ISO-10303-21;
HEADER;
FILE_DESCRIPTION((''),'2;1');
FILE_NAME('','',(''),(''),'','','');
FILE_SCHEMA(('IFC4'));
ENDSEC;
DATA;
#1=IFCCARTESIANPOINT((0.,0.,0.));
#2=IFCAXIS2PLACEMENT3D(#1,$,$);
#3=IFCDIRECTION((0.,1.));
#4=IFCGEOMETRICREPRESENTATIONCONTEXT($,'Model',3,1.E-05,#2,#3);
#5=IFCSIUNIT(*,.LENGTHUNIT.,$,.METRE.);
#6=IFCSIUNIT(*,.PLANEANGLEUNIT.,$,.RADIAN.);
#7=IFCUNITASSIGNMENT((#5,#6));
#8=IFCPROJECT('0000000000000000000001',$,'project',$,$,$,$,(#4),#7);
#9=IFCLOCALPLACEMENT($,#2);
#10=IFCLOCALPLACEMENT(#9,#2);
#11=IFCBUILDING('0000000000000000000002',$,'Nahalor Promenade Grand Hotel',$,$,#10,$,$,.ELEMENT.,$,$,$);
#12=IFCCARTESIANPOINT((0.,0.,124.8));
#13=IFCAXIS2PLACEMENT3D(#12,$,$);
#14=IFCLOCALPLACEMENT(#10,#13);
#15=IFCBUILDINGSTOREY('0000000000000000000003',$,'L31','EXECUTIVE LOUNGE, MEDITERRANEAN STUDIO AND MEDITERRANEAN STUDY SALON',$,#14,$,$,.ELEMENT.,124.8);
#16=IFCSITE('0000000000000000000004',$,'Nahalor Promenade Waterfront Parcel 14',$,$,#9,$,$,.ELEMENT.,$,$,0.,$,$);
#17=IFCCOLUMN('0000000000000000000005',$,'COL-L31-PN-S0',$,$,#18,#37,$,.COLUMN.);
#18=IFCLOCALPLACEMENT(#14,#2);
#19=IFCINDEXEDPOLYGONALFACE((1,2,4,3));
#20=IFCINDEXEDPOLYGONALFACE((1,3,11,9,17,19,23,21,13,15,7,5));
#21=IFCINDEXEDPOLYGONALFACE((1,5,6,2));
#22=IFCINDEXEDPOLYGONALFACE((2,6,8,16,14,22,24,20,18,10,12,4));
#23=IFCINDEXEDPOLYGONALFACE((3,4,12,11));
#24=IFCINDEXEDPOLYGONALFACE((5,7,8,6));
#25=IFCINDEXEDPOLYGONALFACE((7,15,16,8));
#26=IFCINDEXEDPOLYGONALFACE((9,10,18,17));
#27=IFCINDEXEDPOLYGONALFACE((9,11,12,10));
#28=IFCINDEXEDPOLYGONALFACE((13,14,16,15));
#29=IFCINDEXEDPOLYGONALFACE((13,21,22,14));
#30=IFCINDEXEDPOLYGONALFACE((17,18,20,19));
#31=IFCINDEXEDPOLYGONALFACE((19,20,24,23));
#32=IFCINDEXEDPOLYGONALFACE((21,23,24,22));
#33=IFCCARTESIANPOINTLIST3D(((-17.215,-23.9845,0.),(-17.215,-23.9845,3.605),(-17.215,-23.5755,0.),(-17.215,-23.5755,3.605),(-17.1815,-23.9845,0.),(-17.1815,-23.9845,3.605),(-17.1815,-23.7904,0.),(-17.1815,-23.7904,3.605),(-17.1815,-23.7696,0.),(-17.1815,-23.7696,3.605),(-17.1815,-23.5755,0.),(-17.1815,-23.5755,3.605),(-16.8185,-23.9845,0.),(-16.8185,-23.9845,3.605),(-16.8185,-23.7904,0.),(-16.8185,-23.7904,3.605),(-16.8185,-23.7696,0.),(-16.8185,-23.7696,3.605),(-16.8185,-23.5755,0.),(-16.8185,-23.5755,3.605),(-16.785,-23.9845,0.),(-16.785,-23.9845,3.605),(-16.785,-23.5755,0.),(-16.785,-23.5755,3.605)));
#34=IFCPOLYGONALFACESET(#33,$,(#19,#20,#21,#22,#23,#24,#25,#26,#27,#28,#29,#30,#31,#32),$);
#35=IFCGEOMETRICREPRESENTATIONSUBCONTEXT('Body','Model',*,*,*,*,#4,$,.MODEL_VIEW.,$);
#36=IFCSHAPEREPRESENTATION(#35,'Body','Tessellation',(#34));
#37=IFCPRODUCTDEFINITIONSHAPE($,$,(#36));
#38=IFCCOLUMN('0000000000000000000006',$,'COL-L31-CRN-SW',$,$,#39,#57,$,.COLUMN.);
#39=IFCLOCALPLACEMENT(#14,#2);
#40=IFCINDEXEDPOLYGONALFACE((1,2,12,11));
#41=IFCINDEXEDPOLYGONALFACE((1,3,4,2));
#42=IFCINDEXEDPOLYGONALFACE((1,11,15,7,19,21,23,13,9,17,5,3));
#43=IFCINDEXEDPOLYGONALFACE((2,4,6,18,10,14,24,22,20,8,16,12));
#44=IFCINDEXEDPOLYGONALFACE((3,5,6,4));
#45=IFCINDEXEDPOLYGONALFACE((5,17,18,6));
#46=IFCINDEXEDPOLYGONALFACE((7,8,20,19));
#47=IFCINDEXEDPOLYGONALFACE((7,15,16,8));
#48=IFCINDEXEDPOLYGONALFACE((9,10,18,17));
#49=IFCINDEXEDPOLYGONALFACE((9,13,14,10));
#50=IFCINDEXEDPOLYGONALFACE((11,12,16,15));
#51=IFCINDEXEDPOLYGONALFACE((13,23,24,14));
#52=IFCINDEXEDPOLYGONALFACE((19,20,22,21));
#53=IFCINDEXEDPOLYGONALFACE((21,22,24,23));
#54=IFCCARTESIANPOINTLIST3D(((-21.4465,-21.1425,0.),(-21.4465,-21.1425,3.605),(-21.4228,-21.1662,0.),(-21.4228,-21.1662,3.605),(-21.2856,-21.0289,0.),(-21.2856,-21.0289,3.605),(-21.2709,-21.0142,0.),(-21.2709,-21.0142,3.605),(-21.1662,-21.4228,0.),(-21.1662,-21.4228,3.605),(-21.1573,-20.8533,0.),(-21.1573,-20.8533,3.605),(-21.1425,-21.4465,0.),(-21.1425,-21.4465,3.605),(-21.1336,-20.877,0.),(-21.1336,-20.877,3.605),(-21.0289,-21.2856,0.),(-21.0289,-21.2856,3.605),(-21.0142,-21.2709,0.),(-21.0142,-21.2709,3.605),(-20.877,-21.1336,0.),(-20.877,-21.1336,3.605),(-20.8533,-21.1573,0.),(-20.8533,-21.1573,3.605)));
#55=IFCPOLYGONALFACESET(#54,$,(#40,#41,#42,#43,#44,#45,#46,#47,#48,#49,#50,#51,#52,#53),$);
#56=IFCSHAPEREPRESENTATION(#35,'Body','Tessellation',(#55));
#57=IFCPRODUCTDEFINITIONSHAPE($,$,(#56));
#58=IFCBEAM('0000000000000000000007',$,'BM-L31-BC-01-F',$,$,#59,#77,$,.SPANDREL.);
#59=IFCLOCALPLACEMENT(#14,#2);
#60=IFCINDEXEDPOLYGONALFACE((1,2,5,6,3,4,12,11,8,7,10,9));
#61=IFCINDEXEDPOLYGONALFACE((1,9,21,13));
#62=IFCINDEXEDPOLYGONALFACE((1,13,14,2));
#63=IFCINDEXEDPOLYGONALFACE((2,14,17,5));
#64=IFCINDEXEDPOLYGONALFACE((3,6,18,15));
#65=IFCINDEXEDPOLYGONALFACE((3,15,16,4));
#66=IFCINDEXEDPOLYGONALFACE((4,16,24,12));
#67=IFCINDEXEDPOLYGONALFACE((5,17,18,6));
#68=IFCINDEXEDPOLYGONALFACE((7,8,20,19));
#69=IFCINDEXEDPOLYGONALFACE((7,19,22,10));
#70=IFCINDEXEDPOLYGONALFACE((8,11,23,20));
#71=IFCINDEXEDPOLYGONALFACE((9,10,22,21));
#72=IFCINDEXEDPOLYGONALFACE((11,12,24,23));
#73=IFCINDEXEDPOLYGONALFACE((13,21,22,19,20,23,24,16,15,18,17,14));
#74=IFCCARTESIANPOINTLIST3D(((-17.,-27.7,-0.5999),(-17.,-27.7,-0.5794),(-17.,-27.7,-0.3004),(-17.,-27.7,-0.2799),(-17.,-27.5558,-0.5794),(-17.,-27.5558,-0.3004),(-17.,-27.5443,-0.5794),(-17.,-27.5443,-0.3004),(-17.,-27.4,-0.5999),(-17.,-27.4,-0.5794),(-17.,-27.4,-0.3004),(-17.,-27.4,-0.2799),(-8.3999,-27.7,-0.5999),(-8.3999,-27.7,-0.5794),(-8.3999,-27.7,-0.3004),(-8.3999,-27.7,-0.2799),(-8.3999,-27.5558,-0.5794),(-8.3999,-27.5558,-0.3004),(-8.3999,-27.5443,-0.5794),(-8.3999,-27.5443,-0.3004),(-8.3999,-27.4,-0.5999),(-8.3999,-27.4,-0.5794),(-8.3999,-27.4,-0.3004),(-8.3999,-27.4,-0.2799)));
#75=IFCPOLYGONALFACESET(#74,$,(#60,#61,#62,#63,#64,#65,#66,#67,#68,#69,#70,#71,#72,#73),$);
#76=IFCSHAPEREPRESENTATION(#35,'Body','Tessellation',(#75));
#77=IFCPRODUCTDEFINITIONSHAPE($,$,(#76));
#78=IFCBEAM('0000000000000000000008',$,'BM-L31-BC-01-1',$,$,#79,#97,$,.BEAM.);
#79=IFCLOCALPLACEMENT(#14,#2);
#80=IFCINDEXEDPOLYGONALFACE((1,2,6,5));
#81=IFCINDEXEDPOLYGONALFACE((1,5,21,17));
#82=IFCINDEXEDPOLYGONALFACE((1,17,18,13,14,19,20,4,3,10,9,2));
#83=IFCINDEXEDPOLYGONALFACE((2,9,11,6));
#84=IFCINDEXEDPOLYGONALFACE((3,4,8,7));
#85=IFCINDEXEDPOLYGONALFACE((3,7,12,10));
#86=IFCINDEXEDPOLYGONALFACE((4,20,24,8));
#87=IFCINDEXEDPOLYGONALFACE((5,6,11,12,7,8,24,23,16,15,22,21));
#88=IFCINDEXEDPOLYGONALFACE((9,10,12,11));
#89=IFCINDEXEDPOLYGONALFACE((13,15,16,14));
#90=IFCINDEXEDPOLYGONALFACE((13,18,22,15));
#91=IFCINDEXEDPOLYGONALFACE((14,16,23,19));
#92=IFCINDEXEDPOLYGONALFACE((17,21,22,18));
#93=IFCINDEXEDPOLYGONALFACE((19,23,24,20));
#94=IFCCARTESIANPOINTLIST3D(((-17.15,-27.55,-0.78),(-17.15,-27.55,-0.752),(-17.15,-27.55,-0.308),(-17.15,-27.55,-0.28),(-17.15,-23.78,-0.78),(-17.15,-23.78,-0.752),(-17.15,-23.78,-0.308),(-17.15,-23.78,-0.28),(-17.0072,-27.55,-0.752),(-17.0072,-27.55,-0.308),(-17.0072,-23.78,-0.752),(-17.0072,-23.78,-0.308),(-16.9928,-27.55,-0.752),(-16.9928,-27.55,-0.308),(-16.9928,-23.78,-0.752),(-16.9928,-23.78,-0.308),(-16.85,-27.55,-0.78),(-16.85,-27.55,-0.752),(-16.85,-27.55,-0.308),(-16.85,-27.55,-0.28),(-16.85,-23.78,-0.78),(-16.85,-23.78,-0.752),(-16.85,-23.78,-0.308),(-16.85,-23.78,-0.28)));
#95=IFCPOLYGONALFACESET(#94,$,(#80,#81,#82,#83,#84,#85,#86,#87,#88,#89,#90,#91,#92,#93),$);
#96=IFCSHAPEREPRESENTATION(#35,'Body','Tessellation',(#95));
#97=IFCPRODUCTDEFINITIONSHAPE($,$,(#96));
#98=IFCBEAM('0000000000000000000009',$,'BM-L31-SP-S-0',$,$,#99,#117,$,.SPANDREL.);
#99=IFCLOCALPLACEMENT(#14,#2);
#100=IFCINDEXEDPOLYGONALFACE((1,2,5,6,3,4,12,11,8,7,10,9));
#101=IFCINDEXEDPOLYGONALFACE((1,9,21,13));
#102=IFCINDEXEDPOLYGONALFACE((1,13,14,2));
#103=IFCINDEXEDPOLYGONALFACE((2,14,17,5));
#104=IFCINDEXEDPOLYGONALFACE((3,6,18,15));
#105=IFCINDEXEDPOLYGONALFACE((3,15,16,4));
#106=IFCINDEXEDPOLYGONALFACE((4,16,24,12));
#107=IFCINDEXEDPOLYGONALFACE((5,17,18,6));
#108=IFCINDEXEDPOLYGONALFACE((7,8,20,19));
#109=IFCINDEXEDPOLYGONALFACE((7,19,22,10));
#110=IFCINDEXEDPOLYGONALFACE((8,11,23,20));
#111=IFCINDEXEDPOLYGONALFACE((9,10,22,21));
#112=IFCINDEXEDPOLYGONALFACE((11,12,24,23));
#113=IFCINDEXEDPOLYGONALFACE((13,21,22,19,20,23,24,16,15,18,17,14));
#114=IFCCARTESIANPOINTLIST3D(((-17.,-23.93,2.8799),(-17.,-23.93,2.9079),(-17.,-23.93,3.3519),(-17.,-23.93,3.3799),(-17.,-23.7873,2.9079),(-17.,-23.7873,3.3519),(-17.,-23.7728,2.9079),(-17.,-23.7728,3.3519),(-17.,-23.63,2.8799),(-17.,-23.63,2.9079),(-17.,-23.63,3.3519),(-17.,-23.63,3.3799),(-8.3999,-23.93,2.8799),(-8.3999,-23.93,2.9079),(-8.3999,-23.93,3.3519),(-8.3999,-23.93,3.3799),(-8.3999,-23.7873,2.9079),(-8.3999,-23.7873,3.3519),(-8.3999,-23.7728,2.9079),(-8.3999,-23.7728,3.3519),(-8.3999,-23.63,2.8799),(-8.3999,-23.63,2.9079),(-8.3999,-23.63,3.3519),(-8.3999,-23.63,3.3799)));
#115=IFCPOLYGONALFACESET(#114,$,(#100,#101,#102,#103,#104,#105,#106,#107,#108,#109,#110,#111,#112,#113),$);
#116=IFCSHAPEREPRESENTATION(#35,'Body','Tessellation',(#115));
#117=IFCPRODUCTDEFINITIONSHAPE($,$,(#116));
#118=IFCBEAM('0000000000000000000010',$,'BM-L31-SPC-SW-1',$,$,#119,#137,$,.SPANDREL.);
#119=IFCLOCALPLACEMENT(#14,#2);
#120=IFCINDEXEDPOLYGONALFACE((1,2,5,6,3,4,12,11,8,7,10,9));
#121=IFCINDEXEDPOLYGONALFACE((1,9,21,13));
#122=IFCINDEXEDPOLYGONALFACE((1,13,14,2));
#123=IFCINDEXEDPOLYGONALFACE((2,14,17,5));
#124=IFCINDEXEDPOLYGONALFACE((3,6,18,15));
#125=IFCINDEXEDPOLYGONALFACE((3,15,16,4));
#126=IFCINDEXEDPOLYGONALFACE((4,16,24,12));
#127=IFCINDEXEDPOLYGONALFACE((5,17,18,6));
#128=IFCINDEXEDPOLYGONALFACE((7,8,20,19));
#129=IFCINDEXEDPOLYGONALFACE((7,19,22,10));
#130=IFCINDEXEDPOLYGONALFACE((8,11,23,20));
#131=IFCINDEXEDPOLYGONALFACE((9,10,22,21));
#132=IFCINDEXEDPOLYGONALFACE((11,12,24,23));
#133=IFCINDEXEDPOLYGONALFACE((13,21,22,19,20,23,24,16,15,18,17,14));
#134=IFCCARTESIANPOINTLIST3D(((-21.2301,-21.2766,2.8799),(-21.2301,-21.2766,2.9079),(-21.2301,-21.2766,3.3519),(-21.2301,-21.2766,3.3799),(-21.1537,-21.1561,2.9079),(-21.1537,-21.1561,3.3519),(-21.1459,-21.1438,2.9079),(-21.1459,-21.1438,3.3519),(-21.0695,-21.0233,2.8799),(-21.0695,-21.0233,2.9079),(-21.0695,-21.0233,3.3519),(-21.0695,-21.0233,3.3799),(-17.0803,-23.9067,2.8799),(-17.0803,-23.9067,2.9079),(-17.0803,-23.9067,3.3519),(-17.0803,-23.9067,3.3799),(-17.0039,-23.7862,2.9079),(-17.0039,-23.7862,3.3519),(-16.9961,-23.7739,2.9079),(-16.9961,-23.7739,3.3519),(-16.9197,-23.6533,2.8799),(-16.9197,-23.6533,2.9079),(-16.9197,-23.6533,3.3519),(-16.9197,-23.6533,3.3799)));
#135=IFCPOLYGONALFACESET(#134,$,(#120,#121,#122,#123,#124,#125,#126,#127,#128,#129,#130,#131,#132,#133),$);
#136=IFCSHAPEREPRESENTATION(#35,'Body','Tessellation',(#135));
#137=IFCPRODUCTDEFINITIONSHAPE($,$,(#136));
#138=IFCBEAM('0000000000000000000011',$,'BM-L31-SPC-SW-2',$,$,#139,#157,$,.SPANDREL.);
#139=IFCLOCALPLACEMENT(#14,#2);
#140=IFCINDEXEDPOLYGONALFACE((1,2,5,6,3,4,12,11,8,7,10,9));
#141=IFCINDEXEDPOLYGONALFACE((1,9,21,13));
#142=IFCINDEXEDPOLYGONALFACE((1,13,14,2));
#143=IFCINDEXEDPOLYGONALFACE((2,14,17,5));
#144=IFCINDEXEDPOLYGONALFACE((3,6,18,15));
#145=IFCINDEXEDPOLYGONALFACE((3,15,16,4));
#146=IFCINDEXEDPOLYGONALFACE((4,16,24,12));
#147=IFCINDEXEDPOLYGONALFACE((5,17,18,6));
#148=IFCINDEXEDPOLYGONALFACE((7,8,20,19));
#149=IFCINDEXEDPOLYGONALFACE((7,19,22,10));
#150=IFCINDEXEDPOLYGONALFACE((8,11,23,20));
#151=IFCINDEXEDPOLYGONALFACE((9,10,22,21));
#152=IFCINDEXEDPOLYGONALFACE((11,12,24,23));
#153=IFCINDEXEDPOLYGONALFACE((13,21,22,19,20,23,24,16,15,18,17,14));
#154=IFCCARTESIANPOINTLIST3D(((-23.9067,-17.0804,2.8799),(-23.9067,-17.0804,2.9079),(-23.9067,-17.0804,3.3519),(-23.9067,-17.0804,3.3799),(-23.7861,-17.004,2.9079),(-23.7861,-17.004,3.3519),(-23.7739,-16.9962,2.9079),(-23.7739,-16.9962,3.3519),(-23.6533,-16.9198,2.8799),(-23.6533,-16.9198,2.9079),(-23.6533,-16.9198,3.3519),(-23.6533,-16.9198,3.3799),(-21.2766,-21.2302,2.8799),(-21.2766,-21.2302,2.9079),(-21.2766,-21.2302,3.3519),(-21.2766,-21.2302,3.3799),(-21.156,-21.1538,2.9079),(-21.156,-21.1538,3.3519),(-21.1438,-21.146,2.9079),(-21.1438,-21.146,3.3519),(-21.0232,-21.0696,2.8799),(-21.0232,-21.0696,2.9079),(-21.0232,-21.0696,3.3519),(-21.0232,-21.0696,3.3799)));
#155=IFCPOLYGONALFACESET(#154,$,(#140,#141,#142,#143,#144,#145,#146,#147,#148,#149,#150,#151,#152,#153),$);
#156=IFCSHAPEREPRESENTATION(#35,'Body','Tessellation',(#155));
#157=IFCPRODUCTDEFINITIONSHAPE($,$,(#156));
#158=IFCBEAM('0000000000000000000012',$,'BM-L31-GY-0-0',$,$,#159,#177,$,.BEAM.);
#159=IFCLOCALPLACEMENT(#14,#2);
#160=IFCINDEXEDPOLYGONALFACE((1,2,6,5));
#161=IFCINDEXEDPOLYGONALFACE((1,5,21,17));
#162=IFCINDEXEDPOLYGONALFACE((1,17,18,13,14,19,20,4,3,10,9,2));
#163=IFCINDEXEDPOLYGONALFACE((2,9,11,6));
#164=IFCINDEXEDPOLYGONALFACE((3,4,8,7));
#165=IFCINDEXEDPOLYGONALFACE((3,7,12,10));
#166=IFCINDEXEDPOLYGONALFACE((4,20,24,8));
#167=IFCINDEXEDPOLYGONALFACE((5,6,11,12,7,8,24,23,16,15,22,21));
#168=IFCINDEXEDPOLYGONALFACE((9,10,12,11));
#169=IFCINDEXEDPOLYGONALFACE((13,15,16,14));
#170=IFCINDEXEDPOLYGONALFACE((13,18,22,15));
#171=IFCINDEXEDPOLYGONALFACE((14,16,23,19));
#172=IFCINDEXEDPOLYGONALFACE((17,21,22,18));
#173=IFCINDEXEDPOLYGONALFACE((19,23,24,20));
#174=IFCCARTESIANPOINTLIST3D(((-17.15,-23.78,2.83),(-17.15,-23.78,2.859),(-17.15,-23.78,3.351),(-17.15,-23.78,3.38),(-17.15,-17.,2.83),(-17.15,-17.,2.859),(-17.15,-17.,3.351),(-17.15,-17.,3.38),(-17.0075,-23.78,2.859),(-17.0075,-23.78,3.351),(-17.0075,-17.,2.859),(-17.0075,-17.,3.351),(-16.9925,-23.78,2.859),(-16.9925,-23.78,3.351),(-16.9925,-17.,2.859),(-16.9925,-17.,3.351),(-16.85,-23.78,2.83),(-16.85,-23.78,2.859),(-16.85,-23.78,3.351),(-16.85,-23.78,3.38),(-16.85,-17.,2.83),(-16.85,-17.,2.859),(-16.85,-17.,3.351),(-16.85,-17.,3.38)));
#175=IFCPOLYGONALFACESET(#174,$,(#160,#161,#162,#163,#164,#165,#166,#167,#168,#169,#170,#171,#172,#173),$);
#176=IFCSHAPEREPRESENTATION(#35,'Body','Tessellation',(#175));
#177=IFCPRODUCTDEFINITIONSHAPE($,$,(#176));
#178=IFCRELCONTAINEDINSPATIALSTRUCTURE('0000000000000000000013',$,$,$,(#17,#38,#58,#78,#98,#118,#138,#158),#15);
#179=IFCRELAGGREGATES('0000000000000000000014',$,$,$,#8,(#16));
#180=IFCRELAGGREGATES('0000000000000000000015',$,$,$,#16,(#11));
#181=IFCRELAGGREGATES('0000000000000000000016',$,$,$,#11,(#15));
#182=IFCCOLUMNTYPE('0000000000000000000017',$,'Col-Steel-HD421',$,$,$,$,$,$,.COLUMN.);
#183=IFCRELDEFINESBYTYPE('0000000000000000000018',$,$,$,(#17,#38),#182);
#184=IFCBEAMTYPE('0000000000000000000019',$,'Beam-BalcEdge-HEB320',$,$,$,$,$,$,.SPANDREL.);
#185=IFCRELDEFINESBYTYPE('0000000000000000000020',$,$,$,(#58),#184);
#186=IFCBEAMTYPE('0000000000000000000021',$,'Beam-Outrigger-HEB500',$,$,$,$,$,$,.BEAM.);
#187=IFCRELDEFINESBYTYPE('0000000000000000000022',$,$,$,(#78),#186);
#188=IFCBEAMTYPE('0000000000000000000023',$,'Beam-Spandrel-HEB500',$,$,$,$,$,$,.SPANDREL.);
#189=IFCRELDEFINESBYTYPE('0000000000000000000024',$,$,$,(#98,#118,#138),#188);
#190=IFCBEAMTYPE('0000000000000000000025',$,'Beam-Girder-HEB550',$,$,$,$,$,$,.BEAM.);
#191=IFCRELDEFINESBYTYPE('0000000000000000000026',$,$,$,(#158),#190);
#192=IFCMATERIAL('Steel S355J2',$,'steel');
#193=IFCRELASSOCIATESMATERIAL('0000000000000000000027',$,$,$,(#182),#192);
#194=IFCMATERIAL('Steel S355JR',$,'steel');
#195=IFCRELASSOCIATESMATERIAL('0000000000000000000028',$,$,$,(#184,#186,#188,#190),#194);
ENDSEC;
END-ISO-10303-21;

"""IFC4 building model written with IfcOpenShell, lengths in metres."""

from ifc_helpers import new_model, si_unit, direction, frame, origin, origin_2d, place, context, subcontext, project, spatial, i_section, extrude, source, transform, mapped, material, material_profile, profile_set, type_object, element, save


model = new_model("IFC4")

# Units and contexts
model_context = context("Model", 3, precision=1e-05, world=origin(), true_north=direction((0.0, 1.0)))
body_context = subcontext(model_context, "Body", "Model", "MODEL_VIEW")
ifc_project = project(units=[si_unit("LENGTHUNIT", "METRE"), si_unit("PLANEANGLEUNIT", "RADIAN")], contexts=[model_context])

# Site, building, storey
site_placement = place(None, origin())
site = spatial("IfcSite", under=ifc_project, at=site_placement, Name="Nahalor Promenade Waterfront Parcel 14", CompositionType="ELEMENT", RefElevation=0.0)
building_placement = place(site_placement, origin())
building = spatial("IfcBuilding", under=site, at=building_placement, Name="Nahalor Promenade Grand Hotel", CompositionType="ELEMENT")
storey_placement = place(building_placement, frame((0.0, 0.0, 124.8)))
storey = spatial("IfcBuildingStorey", under=building, at=storey_placement, Name="L31", Description="EXECUTIVE LOUNGE, MEDITERRANEAN STUDIO AND MEDITERRANEAN STUDY SALON", CompositionType="ELEMENT", Elevation=124.8)

# Columns
ifc_material_1 = material(Name="Steel S355J2", Category="steel")
ifc_material_profile_1 = material_profile(ifc_material_1, i_section(OverallWidth=0.409, OverallDepth=0.43, WebThickness=0.0208, FlangeThickness=0.0335, at=origin_2d()), Name="HD 400x421")
ifc_profile_set_1 = profile_set([ifc_material_profile_1], Name="Steel S355J2")
column_type = type_object("IfcColumnType", Name="Col-Steel-HD421", PredefinedType="COLUMN", material=ifc_profile_set_1)
shared_shape_1 = source(origin(), body_context, "Body", "SweptSolid", [
    extrude(i_section(OverallWidth=0.409, OverallDepth=0.43, WebThickness=0.0208, FlangeThickness=0.0335, at=origin_2d()), origin(), (0.0, 0.0, 1.0), 3.605),
])
for number, where, z_axis, x_axis, name in (
    (1, (-17.0, -23.78, 0.0), (0.0, 0.0, 1.0), (0.0, 1.0, 0.0), "COL-L31-PN-S0"),
    (2, (-21.1499, -21.1499, 0.0), (0.0, 0.0, 1.0), (0.707107, 0.707107, 0.0), "COL-L31-CRN-SW"),
):
    element("IfcColumn", number, at=place(storey_placement, frame(where, z_axis=z_axis, x_axis=x_axis)), inside=storey, type_object=column_type, Name=name, PredefinedType="COLUMN", context=body_context, shape_type="MappedRepresentation", body=[
        mapped(shared_shape_1, transform((0.0, 0.0, 0.0), scale=1.0)),
    ])

# Beams
ifc_material_2 = material(Name="Steel S355JR", Category="steel")
ifc_material_profile_2 = material_profile(ifc_material_2, i_section(OverallWidth=0.3, OverallDepth=0.32, WebThickness=0.0115, FlangeThickness=0.0205, at=origin_2d()), Name="HEB 320")
ifc_profile_set_2 = profile_set([ifc_material_profile_2], Name="Steel S355JR")
beam_type_1 = type_object("IfcBeamType", Name="Beam-BalcEdge-HEB320", PredefinedType="SPANDREL", material=ifc_profile_set_2)
shared_shape_2 = source(origin(), body_context, "Body", "SweptSolid", [
    extrude(i_section(OverallWidth=0.3, OverallDepth=0.32, WebThickness=0.0115, FlangeThickness=0.0205, at=origin_2d()), origin(), (0.0, 0.0, 1.0), 8.6001),
])
beam_1_placement = place(storey_placement, frame((-17.0, -27.55, -0.4399), z_axis=(1.0, 0.0, 0.0), x_axis=(0.0, 1.0, 0.0)))
element("IfcBeam", 3, at=beam_1_placement, inside=storey, type_object=beam_type_1, Name="BM-L31-BC-01-F", PredefinedType="SPANDREL", context=body_context, shape_type="MappedRepresentation", body=[
    mapped(shared_shape_2, transform((0.0, 0.0, 0.0), scale=1.0)),
])
ifc_material_profile_3 = material_profile(ifc_material_2, i_section(OverallWidth=0.3, OverallDepth=0.5, WebThickness=0.0145, FlangeThickness=0.028, at=origin_2d()), Name="HEB 500")
ifc_profile_set_3 = profile_set([ifc_material_profile_3], Name="Steel S355JR")
beam_type_2 = type_object("IfcBeamType", Name="Beam-Outrigger-HEB500", PredefinedType="BEAM", material=ifc_profile_set_3)
shared_shape_3 = source(origin(), body_context, "Body", "SweptSolid", [
    extrude(i_section(OverallWidth=0.3, OverallDepth=0.5, WebThickness=0.0145, FlangeThickness=0.028, at=origin_2d()), origin(), (0.0, 0.0, 1.0), 3.77),
])
beam_2_placement = place(storey_placement, frame((-17.0, -27.55, -0.53), z_axis=(0.0, 1.0, 0.0), x_axis=(-1.0, 0.0, 0.0)))
element("IfcBeam", 4, at=beam_2_placement, inside=storey, type_object=beam_type_2, Name="BM-L31-BC-01-1", PredefinedType="BEAM", context=body_context, shape_type="MappedRepresentation", body=[
    mapped(shared_shape_3, transform((0.0, 0.0, 0.0), scale=1.0)),
])
ifc_material_profile_4 = material_profile(ifc_material_2, i_section(OverallWidth=0.3, OverallDepth=0.5, WebThickness=0.0145, FlangeThickness=0.028, at=origin_2d()), Name="HEB 500")
ifc_profile_set_4 = profile_set([ifc_material_profile_4], Name="Steel S355JR")
beam_type_3 = type_object("IfcBeamType", Name="Beam-Spandrel-HEB500", PredefinedType="SPANDREL", material=ifc_profile_set_4)
shared_shape_4 = source(origin(), body_context, "Body", "SweptSolid", [
    extrude(i_section(OverallWidth=0.3, OverallDepth=0.5, WebThickness=0.0145, FlangeThickness=0.028, at=origin_2d()), origin(), (0.0, 0.0, 1.0), 8.6001),
])
beam_3_placement = place(storey_placement, frame((-17.0, -23.78, 3.1299), z_axis=(1.0, 0.0, 0.0), x_axis=(0.0, 1.0, 0.0)))
element("IfcBeam", 5, at=beam_3_placement, inside=storey, type_object=beam_type_3, Name="BM-L31-SP-S-0", PredefinedType="SPANDREL", context=body_context, shape_type="MappedRepresentation", body=[
    mapped(shared_shape_4, transform((0.0, 0.0, 0.0), scale=1.0)),
])
shared_shape_5 = source(origin(), body_context, "Body", "SweptSolid", [
    extrude(i_section(OverallWidth=0.3, OverallDepth=0.5, WebThickness=0.0145, FlangeThickness=0.028, at=origin_2d()), origin(), (0.0, 0.0, 1.0), 4.9131),
])
for number, where, z_axis, x_axis, name in (
    (6, (-17.0, -23.78, 3.1299), (-0.844648, 0.535322, 0.0), (-0.535322, -0.844648, 0.0), "BM-L31-SPC-SW-1"),
    (7, (-21.1499, -21.1499, 3.1299), (-0.535322, 0.844648, 0.0), (-0.844648, -0.535322, 0.0), "BM-L31-SPC-SW-2"),
):
    element("IfcBeam", number, at=place(storey_placement, frame(where, z_axis=z_axis, x_axis=x_axis)), inside=storey, type_object=beam_type_3, Name=name, PredefinedType="SPANDREL", context=body_context, shape_type="MappedRepresentation", body=[
        mapped(shared_shape_5, transform((0.0, 0.0, 0.0), scale=1.0)),
    ])
ifc_material_profile_5 = material_profile(ifc_material_2, i_section(OverallWidth=0.3, OverallDepth=0.55, WebThickness=0.015, FlangeThickness=0.029, at=origin_2d()), Name="HEB 550")
ifc_profile_set_5 = profile_set([ifc_material_profile_5], Name="Steel S355JR")
beam_type_4 = type_object("IfcBeamType", Name="Beam-Girder-HEB550", PredefinedType="BEAM", material=ifc_profile_set_5)
shared_shape_6 = source(origin(), body_context, "Body", "SweptSolid", [
    extrude(i_section(OverallWidth=0.3, OverallDepth=0.55, WebThickness=0.015, FlangeThickness=0.029, at=origin_2d()), origin(), (0.0, 0.0, 1.0), 6.78),
])
beam_4_placement = place(storey_placement, frame((-17.0, -23.78, 3.105), z_axis=(0.0, 1.0, 0.0), x_axis=(-1.0, 0.0, 0.0)))
element("IfcBeam", 8, at=beam_4_placement, inside=storey, type_object=beam_type_4, Name="BM-L31-GY-0-0", PredefinedType="BEAM", context=body_context, shape_type="MappedRepresentation", body=[
    mapped(shared_shape_6, transform((0.0, 0.0, 0.0), scale=1.0)),
])

save(model, "model.ifc")
